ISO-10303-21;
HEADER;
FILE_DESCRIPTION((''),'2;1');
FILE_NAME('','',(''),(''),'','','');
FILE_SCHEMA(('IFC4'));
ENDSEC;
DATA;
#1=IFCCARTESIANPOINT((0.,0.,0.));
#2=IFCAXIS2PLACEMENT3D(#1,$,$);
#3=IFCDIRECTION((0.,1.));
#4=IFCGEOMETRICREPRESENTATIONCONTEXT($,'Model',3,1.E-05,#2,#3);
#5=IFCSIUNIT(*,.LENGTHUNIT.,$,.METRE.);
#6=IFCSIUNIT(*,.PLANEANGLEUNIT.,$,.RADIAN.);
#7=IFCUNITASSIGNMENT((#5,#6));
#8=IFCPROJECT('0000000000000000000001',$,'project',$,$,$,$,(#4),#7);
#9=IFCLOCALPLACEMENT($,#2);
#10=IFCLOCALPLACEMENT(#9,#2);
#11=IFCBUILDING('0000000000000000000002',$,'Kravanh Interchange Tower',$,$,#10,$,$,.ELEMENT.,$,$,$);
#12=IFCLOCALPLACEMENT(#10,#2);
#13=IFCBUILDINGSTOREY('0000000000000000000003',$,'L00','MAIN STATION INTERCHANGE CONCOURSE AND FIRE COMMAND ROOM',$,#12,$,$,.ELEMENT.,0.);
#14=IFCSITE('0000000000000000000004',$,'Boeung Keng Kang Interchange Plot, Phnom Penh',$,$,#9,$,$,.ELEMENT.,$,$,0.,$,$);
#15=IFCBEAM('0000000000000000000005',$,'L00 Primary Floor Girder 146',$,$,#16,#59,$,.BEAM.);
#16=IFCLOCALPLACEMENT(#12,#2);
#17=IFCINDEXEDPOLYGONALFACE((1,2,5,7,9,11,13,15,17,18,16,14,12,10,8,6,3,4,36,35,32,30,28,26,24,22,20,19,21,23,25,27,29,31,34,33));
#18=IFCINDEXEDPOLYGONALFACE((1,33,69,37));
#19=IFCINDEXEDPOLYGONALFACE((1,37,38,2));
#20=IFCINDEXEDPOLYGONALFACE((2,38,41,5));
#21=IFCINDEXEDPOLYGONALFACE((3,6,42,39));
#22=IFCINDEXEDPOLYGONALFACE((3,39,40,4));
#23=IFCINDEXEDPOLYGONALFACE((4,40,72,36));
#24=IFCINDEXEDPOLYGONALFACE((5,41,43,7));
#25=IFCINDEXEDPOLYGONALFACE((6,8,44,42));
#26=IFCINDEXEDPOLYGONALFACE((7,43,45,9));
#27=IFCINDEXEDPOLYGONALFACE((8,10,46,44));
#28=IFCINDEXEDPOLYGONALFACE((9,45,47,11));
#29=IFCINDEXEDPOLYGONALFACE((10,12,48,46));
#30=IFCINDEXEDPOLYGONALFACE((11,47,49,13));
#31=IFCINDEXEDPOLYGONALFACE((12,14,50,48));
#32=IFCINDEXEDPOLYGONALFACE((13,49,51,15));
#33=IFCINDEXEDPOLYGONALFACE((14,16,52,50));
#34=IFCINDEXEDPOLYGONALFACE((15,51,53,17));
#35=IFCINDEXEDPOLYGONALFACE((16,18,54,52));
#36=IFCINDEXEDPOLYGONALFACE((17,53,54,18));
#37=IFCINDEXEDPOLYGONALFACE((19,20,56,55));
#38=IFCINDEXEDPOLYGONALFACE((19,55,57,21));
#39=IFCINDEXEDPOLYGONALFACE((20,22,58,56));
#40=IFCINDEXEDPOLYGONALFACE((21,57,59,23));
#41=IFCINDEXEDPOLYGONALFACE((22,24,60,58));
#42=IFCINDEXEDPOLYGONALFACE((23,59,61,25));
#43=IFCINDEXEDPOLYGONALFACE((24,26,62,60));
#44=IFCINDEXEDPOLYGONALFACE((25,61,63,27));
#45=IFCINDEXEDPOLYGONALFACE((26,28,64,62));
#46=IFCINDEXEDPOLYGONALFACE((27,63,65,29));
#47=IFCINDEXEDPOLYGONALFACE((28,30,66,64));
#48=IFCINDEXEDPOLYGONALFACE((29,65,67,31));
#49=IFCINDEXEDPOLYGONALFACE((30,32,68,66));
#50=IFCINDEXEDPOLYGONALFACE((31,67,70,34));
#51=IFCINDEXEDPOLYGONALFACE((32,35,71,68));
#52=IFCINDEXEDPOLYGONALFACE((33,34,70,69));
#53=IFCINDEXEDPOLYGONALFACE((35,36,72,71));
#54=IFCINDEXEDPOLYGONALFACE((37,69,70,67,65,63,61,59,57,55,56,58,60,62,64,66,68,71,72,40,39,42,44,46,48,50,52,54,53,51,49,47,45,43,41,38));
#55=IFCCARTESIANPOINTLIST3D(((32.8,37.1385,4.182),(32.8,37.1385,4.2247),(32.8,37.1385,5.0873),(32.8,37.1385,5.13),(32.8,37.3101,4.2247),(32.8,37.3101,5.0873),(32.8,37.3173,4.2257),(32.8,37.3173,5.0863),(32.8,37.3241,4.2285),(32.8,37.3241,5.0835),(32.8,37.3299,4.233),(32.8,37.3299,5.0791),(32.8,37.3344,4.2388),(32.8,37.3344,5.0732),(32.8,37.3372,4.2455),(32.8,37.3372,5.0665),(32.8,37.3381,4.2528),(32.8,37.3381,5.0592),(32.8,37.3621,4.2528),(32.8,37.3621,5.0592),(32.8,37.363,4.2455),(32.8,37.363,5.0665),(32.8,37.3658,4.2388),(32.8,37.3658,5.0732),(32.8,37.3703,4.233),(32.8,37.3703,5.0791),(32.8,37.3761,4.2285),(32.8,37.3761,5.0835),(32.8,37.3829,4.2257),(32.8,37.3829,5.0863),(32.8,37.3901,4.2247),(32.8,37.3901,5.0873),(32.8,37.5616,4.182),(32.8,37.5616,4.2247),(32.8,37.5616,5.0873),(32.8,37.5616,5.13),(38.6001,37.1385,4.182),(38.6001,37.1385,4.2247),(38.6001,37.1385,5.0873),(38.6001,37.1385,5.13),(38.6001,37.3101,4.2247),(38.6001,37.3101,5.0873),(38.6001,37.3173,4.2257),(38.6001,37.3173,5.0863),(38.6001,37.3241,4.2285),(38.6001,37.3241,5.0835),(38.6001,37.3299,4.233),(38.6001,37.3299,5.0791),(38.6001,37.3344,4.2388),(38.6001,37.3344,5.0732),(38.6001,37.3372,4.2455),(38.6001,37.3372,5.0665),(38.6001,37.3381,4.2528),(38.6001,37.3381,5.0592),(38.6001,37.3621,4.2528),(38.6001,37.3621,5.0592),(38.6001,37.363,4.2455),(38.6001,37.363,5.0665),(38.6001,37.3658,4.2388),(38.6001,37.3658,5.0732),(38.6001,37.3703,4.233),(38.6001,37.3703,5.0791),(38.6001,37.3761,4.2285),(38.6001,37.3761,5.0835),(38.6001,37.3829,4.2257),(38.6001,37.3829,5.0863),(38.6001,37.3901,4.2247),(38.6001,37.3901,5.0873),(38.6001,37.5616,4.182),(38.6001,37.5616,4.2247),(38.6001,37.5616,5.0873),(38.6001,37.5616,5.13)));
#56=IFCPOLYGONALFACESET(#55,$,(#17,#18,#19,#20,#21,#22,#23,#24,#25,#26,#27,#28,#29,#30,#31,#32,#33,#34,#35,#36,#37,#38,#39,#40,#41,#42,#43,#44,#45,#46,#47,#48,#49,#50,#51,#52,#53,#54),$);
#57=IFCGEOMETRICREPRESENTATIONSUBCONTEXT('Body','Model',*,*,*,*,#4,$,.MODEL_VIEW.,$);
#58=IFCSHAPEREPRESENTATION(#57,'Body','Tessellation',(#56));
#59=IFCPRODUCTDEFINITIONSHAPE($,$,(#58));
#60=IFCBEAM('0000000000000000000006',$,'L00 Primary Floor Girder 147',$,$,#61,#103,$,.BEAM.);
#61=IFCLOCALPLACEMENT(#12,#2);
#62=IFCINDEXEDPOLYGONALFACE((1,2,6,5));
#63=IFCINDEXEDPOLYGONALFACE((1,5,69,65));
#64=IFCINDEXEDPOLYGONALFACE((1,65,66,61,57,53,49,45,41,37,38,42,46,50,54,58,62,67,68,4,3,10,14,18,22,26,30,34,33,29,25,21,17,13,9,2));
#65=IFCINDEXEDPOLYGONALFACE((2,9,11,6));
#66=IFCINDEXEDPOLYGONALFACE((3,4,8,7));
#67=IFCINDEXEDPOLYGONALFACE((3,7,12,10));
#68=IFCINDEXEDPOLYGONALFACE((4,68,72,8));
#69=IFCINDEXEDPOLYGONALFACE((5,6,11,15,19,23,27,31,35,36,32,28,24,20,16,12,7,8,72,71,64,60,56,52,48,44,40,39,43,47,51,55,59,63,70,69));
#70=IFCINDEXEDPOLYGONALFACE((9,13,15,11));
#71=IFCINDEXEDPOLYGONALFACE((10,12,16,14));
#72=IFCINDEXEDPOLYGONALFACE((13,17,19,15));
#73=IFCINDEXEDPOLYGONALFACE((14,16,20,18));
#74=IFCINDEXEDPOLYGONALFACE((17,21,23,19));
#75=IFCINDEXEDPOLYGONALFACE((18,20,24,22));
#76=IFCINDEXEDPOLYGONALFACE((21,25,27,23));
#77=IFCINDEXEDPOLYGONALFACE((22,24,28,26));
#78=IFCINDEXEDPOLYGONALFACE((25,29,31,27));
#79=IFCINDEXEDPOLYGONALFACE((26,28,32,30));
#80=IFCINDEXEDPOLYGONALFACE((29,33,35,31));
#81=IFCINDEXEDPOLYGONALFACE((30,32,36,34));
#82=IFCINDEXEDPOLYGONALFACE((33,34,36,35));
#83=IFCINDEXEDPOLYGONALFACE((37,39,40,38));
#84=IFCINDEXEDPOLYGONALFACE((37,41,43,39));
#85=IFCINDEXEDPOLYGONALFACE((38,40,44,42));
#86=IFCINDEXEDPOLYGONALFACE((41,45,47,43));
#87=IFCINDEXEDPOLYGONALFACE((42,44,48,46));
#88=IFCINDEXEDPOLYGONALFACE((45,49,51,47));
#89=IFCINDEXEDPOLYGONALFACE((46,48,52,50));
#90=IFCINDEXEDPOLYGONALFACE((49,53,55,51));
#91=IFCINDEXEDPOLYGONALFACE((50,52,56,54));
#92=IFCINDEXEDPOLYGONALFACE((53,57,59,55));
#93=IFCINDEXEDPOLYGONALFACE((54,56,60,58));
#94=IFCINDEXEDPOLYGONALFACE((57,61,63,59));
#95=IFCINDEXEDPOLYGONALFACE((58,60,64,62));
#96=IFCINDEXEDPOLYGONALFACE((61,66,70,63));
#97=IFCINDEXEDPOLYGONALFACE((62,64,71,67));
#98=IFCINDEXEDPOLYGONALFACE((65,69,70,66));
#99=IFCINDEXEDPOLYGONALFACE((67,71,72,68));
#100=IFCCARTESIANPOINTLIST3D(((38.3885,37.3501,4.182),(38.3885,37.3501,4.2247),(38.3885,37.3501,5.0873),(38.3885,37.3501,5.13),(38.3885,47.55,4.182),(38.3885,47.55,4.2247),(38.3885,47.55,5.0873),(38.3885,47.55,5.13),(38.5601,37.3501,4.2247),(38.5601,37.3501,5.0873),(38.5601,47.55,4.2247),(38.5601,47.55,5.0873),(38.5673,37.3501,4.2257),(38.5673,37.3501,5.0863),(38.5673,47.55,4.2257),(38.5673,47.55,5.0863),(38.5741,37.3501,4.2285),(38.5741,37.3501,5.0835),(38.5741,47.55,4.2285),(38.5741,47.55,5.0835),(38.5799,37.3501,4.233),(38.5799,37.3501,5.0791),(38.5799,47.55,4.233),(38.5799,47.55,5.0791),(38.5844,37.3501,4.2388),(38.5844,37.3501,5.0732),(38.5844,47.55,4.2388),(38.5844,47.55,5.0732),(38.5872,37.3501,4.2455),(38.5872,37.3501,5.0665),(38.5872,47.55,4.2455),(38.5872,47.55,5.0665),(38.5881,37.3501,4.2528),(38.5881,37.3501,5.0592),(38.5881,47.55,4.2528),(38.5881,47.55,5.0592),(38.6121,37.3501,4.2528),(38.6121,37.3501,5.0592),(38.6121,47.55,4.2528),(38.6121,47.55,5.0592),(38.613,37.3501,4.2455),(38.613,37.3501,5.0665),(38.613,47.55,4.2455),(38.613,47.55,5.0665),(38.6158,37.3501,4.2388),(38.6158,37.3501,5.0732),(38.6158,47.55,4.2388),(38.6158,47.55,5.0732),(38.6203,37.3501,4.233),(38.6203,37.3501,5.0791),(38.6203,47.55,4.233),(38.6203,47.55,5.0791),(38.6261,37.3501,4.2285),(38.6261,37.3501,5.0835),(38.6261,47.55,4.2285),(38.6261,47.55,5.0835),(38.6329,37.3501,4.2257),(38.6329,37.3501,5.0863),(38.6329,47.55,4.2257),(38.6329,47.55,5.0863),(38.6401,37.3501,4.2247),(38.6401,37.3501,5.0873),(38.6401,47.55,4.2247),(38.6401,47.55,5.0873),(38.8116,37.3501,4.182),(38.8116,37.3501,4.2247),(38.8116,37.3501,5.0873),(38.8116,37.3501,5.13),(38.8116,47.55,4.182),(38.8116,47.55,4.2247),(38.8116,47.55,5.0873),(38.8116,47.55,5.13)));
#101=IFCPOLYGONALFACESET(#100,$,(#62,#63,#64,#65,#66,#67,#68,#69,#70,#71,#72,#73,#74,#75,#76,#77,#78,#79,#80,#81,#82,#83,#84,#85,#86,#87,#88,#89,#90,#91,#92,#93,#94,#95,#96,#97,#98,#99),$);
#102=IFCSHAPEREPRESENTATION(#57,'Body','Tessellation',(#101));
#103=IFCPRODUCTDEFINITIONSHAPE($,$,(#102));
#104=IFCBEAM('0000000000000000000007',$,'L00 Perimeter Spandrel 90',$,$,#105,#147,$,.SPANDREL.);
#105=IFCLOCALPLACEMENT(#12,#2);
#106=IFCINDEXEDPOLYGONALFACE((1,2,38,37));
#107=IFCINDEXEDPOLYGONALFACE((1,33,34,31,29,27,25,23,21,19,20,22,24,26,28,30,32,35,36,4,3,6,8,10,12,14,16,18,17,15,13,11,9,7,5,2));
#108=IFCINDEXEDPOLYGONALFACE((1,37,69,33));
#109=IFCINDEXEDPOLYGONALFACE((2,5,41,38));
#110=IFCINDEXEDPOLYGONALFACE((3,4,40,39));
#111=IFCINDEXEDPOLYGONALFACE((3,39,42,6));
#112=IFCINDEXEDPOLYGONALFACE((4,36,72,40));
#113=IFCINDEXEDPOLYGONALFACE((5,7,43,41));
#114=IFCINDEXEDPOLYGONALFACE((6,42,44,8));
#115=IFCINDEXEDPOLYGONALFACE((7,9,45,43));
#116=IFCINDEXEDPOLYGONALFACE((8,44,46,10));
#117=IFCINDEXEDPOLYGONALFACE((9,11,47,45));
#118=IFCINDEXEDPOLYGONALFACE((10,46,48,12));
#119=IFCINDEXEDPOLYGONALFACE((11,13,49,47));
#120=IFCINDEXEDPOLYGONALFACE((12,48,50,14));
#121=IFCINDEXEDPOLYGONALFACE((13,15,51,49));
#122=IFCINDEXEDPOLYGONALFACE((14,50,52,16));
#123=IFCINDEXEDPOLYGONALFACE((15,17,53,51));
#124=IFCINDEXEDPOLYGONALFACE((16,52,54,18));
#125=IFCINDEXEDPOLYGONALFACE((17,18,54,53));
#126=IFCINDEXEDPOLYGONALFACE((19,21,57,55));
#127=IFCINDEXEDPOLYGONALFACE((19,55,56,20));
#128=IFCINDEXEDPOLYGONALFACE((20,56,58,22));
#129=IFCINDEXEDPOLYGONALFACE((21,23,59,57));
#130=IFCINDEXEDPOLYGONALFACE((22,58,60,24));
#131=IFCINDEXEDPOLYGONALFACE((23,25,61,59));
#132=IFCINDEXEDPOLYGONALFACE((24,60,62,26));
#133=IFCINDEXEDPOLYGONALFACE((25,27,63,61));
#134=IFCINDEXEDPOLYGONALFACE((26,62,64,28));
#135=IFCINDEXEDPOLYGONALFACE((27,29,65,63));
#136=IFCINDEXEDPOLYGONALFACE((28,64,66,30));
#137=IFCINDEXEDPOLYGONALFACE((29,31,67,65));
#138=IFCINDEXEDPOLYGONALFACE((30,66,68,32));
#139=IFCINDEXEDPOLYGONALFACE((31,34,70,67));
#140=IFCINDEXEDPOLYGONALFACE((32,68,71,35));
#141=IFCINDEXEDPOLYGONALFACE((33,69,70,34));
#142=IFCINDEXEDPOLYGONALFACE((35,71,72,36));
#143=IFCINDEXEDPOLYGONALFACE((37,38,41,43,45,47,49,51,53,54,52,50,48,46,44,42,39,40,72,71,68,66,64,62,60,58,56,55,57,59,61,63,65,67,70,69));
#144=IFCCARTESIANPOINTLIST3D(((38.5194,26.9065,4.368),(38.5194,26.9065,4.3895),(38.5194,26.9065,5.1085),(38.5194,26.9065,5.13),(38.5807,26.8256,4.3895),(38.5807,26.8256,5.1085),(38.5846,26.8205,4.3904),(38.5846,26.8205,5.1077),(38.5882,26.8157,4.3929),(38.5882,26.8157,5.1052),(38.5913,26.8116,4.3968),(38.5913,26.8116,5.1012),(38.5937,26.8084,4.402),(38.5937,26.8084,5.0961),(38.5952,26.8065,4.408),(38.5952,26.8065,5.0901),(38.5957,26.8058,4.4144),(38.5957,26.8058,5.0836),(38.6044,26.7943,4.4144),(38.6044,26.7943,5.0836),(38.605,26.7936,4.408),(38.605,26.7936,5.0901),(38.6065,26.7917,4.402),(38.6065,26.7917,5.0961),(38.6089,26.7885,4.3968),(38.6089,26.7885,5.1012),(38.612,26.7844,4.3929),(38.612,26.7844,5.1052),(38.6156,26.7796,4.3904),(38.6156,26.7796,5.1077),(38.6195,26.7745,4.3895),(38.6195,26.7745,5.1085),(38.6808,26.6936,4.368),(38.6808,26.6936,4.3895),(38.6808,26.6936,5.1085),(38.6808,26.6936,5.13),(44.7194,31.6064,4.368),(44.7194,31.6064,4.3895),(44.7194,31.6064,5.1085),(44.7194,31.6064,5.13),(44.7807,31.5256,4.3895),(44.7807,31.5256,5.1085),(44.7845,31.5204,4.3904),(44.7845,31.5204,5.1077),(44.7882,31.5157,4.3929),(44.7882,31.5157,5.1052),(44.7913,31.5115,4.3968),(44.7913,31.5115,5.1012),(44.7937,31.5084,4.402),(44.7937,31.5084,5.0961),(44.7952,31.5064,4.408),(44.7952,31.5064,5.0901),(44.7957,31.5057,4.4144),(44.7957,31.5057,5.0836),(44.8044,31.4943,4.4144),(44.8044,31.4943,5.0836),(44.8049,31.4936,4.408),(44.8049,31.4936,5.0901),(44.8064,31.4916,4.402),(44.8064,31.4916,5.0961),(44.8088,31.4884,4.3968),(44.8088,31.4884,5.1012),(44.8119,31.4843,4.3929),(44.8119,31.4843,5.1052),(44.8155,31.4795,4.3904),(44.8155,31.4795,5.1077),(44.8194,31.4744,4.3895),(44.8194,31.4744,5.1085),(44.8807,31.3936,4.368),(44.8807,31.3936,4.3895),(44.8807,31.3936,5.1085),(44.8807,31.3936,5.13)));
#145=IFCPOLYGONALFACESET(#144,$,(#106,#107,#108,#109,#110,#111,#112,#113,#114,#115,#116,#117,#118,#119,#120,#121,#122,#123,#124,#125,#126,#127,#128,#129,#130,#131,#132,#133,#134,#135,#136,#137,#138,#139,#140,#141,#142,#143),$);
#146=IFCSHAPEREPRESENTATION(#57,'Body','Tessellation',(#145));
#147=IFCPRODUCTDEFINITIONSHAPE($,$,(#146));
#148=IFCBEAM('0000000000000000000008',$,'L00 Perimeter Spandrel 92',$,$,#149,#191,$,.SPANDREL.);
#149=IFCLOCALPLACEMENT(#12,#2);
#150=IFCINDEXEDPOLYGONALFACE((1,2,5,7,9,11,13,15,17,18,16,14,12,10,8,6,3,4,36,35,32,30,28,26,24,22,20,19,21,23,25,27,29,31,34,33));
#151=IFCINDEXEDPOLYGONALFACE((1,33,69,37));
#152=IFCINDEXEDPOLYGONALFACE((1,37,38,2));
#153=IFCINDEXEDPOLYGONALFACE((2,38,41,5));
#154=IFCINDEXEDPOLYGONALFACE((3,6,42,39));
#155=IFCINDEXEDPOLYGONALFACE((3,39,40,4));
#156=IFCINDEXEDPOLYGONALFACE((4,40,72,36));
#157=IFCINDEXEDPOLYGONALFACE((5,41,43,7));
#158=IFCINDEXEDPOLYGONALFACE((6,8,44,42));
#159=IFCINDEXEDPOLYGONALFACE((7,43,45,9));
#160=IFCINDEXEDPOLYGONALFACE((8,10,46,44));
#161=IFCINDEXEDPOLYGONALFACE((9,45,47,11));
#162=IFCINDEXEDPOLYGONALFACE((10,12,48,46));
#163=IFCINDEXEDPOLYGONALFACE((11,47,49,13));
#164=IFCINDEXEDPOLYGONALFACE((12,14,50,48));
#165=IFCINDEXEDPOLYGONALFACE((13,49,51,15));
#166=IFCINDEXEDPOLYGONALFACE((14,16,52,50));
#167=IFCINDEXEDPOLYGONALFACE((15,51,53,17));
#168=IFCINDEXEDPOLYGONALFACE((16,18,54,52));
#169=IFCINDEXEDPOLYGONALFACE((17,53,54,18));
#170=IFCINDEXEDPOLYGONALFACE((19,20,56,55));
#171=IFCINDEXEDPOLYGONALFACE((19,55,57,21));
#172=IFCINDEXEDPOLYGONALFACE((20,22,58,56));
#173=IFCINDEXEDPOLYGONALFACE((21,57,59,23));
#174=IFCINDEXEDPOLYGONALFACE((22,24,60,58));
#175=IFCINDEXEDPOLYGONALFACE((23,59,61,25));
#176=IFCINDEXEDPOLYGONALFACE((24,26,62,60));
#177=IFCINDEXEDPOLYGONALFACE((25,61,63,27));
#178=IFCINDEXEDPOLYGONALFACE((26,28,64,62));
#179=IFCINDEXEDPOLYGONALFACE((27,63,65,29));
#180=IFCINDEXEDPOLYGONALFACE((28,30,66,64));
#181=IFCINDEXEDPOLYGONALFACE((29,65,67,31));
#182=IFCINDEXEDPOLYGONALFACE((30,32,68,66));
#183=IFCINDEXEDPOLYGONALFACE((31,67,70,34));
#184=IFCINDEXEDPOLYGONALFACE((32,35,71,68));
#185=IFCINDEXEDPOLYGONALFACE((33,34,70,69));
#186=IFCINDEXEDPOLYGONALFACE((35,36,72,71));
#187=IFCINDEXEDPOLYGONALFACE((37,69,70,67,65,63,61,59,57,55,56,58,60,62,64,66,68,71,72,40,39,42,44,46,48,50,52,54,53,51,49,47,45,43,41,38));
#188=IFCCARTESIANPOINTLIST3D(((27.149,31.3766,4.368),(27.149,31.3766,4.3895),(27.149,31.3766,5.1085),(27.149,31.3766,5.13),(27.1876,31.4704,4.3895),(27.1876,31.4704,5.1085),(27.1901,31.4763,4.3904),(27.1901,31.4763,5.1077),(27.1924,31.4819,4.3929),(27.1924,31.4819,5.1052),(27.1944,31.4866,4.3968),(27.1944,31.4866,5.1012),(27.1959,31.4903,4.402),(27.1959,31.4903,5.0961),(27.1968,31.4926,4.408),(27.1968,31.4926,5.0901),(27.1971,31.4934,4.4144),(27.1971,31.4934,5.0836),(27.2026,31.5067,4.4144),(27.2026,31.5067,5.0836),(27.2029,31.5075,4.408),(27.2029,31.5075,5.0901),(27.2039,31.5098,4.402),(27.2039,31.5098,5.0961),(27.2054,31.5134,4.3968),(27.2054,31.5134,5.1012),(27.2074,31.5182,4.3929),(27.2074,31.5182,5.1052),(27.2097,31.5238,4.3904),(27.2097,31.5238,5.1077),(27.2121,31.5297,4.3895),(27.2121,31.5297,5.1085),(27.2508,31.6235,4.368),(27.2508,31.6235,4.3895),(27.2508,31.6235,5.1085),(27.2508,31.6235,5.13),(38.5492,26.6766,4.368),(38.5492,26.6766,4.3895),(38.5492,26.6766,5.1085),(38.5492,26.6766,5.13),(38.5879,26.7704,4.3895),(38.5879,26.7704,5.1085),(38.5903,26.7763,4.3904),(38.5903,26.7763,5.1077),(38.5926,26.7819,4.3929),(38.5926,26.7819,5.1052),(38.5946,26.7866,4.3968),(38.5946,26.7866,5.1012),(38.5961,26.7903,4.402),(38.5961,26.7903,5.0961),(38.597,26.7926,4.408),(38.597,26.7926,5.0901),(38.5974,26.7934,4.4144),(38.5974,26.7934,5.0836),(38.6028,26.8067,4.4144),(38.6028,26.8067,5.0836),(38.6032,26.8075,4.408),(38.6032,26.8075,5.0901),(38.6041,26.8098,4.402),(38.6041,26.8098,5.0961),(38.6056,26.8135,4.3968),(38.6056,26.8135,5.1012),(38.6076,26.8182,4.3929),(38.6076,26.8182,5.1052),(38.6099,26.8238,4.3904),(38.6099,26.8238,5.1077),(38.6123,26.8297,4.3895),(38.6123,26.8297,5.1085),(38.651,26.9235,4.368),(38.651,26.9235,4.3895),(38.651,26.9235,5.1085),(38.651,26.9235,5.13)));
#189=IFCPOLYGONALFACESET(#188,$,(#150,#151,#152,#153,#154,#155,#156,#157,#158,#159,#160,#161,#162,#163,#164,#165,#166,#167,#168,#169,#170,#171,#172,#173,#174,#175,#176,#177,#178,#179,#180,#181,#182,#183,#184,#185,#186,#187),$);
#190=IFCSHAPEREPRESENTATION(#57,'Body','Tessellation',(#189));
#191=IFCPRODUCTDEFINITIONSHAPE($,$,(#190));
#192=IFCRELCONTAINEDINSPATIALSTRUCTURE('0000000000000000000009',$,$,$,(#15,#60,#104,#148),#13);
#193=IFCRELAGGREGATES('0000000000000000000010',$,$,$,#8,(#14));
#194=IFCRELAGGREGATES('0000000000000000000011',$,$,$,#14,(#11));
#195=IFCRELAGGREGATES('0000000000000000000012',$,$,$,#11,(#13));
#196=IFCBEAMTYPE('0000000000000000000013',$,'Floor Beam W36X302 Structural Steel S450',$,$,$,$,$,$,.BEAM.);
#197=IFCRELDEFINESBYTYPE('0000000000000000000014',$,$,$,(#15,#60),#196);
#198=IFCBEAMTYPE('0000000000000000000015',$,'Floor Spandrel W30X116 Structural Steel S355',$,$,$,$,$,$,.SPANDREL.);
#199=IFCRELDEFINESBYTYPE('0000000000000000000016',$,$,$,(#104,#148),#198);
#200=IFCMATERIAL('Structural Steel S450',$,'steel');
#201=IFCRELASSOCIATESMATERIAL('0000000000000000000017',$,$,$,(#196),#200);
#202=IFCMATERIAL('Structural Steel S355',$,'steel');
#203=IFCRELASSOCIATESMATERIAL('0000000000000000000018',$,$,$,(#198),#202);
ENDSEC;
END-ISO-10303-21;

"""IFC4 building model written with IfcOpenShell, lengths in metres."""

from ifc_helpers import new_model, si_unit, direction, frame, origin, origin_2d, place, context, subcontext, project, spatial, i_section, extrude, material, material_profile, profile_set, type_object, element, save


model = new_model("IFC4")

# Units and contexts
model_context = context("Model", 3, precision=1e-05, world=origin(), true_north=direction((0.0, 1.0)))
body_context = subcontext(model_context, "Body", "Model", "MODEL_VIEW")
ifc_project = project(units=[si_unit("LENGTHUNIT", "METRE"), si_unit("PLANEANGLEUNIT", "RADIAN")], contexts=[model_context])

# Site, building, storey
site_placement = place(None, origin())
site = spatial("IfcSite", under=ifc_project, at=site_placement, Name="Boeung Keng Kang Interchange Plot, Phnom Penh", CompositionType="ELEMENT", RefElevation=0.0)
building_placement = place(site_placement, origin())
building = spatial("IfcBuilding", under=site, at=building_placement, Name="Kravanh Interchange Tower", CompositionType="ELEMENT")
storey_placement = place(building_placement, origin())
storey = spatial("IfcBuildingStorey", under=building, at=storey_placement, Name="L00", Description="MAIN STATION INTERCHANGE CONCOURSE AND FIRE COMMAND ROOM", CompositionType="ELEMENT", Elevation=0.0)

# Beams
ifc_material_1 = material(Name="Structural Steel S450", Category="steel")
ifc_material_profile_1 = material_profile(ifc_material_1, i_section(OverallWidth=0.4231, OverallDepth=0.948, WebThickness=0.0239, FlangeThickness=0.0427, FilletRadius=0.0281, at=origin_2d()), Name="W36X302")
ifc_profile_set_1 = profile_set([ifc_material_profile_1], Name="Structural Steel S450")
beam_type_1 = type_object("IfcBeamType", Name="Floor Beam W36X302 Structural Steel S450", PredefinedType="BEAM", material=ifc_profile_set_1)
beam_1_placement = place(storey_placement, frame((38.6001, 37.3501, 4.656), z_axis=(-1.0, 0.0, 0.0), x_axis=(0.0, -1.0, 0.0)))
element("IfcBeam", 1, at=beam_1_placement, inside=storey, type_object=beam_type_1, Name="L00 Primary Floor Girder 146", PredefinedType="BEAM", context=body_context, shape_type="SweptSolid", body=[
    extrude(i_section(OverallWidth=0.4231, OverallDepth=0.948, WebThickness=0.0239, FlangeThickness=0.0427, FilletRadius=0.0281, at=origin_2d()), origin(), (0.0, 0.0, 1.0), 5.8),
])
beam_2_placement = place(storey_placement, frame((38.6001, 37.3501, 4.656), z_axis=(0.0, 1.0, 0.0), x_axis=(-1.0, 0.0, 0.0)))
element("IfcBeam", 2, at=beam_2_placement, inside=storey, type_object=beam_type_1, Name="L00 Primary Floor Girder 147", PredefinedType="BEAM", context=body_context, shape_type="SweptSolid", body=[
    extrude(i_section(OverallWidth=0.4231, OverallDepth=0.948, WebThickness=0.0239, FlangeThickness=0.0427, FilletRadius=0.0281, at=origin_2d()), origin(), (0.0, 0.0, 1.0), 10.2),
])
ifc_material_2 = material(Name="Structural Steel S355", Category="steel")
ifc_material_profile_2 = material_profile(ifc_material_2, i_section(OverallWidth=0.2671, OverallDepth=0.762, WebThickness=0.0144, FlangeThickness=0.0215, FilletRadius=0.0249, at=origin_2d()), Name="W30X116")
ifc_profile_set_2 = profile_set([ifc_material_profile_2], Name="Structural Steel S355")
beam_type_2 = type_object("IfcBeamType", Name="Floor Spandrel W30X116 Structural Steel S355", PredefinedType="SPANDREL", material=ifc_profile_set_2)
beam_3_placement = place(storey_placement, frame((38.6001, 26.8, 4.749), z_axis=(0.796905, 0.604104, 0.0), x_axis=(-0.604104, 0.796905, 0.0)))
element("IfcBeam", 3, at=beam_3_placement, inside=storey, type_object=beam_type_2, Name="L00 Perimeter Spandrel 90", PredefinedType="SPANDREL", context=body_context, shape_type="SweptSolid", body=[
    extrude(i_section(OverallWidth=0.2671, OverallDepth=0.762, WebThickness=0.0144, FlangeThickness=0.0215, FilletRadius=0.0249, at=origin_2d()), origin(), (0.0, 0.0, 1.0), 7.78),
])
beam_4_placement = place(storey_placement, frame((38.6001, 26.8, 4.749), z_axis=(-0.924513, 0.38115, 0.0), x_axis=(-0.38115, -0.924513, 0.0)))
element("IfcBeam", 4, at=beam_4_placement, inside=storey, type_object=beam_type_2, Name="L00 Perimeter Spandrel 92", PredefinedType="SPANDREL", context=body_context, shape_type="SweptSolid", body=[
    extrude(i_section(OverallWidth=0.2671, OverallDepth=0.762, WebThickness=0.0144, FlangeThickness=0.0215, FilletRadius=0.0249, at=origin_2d()), origin(), (0.0, 0.0, 1.0), 12.3311),
])

save(model, "model.ifc")
